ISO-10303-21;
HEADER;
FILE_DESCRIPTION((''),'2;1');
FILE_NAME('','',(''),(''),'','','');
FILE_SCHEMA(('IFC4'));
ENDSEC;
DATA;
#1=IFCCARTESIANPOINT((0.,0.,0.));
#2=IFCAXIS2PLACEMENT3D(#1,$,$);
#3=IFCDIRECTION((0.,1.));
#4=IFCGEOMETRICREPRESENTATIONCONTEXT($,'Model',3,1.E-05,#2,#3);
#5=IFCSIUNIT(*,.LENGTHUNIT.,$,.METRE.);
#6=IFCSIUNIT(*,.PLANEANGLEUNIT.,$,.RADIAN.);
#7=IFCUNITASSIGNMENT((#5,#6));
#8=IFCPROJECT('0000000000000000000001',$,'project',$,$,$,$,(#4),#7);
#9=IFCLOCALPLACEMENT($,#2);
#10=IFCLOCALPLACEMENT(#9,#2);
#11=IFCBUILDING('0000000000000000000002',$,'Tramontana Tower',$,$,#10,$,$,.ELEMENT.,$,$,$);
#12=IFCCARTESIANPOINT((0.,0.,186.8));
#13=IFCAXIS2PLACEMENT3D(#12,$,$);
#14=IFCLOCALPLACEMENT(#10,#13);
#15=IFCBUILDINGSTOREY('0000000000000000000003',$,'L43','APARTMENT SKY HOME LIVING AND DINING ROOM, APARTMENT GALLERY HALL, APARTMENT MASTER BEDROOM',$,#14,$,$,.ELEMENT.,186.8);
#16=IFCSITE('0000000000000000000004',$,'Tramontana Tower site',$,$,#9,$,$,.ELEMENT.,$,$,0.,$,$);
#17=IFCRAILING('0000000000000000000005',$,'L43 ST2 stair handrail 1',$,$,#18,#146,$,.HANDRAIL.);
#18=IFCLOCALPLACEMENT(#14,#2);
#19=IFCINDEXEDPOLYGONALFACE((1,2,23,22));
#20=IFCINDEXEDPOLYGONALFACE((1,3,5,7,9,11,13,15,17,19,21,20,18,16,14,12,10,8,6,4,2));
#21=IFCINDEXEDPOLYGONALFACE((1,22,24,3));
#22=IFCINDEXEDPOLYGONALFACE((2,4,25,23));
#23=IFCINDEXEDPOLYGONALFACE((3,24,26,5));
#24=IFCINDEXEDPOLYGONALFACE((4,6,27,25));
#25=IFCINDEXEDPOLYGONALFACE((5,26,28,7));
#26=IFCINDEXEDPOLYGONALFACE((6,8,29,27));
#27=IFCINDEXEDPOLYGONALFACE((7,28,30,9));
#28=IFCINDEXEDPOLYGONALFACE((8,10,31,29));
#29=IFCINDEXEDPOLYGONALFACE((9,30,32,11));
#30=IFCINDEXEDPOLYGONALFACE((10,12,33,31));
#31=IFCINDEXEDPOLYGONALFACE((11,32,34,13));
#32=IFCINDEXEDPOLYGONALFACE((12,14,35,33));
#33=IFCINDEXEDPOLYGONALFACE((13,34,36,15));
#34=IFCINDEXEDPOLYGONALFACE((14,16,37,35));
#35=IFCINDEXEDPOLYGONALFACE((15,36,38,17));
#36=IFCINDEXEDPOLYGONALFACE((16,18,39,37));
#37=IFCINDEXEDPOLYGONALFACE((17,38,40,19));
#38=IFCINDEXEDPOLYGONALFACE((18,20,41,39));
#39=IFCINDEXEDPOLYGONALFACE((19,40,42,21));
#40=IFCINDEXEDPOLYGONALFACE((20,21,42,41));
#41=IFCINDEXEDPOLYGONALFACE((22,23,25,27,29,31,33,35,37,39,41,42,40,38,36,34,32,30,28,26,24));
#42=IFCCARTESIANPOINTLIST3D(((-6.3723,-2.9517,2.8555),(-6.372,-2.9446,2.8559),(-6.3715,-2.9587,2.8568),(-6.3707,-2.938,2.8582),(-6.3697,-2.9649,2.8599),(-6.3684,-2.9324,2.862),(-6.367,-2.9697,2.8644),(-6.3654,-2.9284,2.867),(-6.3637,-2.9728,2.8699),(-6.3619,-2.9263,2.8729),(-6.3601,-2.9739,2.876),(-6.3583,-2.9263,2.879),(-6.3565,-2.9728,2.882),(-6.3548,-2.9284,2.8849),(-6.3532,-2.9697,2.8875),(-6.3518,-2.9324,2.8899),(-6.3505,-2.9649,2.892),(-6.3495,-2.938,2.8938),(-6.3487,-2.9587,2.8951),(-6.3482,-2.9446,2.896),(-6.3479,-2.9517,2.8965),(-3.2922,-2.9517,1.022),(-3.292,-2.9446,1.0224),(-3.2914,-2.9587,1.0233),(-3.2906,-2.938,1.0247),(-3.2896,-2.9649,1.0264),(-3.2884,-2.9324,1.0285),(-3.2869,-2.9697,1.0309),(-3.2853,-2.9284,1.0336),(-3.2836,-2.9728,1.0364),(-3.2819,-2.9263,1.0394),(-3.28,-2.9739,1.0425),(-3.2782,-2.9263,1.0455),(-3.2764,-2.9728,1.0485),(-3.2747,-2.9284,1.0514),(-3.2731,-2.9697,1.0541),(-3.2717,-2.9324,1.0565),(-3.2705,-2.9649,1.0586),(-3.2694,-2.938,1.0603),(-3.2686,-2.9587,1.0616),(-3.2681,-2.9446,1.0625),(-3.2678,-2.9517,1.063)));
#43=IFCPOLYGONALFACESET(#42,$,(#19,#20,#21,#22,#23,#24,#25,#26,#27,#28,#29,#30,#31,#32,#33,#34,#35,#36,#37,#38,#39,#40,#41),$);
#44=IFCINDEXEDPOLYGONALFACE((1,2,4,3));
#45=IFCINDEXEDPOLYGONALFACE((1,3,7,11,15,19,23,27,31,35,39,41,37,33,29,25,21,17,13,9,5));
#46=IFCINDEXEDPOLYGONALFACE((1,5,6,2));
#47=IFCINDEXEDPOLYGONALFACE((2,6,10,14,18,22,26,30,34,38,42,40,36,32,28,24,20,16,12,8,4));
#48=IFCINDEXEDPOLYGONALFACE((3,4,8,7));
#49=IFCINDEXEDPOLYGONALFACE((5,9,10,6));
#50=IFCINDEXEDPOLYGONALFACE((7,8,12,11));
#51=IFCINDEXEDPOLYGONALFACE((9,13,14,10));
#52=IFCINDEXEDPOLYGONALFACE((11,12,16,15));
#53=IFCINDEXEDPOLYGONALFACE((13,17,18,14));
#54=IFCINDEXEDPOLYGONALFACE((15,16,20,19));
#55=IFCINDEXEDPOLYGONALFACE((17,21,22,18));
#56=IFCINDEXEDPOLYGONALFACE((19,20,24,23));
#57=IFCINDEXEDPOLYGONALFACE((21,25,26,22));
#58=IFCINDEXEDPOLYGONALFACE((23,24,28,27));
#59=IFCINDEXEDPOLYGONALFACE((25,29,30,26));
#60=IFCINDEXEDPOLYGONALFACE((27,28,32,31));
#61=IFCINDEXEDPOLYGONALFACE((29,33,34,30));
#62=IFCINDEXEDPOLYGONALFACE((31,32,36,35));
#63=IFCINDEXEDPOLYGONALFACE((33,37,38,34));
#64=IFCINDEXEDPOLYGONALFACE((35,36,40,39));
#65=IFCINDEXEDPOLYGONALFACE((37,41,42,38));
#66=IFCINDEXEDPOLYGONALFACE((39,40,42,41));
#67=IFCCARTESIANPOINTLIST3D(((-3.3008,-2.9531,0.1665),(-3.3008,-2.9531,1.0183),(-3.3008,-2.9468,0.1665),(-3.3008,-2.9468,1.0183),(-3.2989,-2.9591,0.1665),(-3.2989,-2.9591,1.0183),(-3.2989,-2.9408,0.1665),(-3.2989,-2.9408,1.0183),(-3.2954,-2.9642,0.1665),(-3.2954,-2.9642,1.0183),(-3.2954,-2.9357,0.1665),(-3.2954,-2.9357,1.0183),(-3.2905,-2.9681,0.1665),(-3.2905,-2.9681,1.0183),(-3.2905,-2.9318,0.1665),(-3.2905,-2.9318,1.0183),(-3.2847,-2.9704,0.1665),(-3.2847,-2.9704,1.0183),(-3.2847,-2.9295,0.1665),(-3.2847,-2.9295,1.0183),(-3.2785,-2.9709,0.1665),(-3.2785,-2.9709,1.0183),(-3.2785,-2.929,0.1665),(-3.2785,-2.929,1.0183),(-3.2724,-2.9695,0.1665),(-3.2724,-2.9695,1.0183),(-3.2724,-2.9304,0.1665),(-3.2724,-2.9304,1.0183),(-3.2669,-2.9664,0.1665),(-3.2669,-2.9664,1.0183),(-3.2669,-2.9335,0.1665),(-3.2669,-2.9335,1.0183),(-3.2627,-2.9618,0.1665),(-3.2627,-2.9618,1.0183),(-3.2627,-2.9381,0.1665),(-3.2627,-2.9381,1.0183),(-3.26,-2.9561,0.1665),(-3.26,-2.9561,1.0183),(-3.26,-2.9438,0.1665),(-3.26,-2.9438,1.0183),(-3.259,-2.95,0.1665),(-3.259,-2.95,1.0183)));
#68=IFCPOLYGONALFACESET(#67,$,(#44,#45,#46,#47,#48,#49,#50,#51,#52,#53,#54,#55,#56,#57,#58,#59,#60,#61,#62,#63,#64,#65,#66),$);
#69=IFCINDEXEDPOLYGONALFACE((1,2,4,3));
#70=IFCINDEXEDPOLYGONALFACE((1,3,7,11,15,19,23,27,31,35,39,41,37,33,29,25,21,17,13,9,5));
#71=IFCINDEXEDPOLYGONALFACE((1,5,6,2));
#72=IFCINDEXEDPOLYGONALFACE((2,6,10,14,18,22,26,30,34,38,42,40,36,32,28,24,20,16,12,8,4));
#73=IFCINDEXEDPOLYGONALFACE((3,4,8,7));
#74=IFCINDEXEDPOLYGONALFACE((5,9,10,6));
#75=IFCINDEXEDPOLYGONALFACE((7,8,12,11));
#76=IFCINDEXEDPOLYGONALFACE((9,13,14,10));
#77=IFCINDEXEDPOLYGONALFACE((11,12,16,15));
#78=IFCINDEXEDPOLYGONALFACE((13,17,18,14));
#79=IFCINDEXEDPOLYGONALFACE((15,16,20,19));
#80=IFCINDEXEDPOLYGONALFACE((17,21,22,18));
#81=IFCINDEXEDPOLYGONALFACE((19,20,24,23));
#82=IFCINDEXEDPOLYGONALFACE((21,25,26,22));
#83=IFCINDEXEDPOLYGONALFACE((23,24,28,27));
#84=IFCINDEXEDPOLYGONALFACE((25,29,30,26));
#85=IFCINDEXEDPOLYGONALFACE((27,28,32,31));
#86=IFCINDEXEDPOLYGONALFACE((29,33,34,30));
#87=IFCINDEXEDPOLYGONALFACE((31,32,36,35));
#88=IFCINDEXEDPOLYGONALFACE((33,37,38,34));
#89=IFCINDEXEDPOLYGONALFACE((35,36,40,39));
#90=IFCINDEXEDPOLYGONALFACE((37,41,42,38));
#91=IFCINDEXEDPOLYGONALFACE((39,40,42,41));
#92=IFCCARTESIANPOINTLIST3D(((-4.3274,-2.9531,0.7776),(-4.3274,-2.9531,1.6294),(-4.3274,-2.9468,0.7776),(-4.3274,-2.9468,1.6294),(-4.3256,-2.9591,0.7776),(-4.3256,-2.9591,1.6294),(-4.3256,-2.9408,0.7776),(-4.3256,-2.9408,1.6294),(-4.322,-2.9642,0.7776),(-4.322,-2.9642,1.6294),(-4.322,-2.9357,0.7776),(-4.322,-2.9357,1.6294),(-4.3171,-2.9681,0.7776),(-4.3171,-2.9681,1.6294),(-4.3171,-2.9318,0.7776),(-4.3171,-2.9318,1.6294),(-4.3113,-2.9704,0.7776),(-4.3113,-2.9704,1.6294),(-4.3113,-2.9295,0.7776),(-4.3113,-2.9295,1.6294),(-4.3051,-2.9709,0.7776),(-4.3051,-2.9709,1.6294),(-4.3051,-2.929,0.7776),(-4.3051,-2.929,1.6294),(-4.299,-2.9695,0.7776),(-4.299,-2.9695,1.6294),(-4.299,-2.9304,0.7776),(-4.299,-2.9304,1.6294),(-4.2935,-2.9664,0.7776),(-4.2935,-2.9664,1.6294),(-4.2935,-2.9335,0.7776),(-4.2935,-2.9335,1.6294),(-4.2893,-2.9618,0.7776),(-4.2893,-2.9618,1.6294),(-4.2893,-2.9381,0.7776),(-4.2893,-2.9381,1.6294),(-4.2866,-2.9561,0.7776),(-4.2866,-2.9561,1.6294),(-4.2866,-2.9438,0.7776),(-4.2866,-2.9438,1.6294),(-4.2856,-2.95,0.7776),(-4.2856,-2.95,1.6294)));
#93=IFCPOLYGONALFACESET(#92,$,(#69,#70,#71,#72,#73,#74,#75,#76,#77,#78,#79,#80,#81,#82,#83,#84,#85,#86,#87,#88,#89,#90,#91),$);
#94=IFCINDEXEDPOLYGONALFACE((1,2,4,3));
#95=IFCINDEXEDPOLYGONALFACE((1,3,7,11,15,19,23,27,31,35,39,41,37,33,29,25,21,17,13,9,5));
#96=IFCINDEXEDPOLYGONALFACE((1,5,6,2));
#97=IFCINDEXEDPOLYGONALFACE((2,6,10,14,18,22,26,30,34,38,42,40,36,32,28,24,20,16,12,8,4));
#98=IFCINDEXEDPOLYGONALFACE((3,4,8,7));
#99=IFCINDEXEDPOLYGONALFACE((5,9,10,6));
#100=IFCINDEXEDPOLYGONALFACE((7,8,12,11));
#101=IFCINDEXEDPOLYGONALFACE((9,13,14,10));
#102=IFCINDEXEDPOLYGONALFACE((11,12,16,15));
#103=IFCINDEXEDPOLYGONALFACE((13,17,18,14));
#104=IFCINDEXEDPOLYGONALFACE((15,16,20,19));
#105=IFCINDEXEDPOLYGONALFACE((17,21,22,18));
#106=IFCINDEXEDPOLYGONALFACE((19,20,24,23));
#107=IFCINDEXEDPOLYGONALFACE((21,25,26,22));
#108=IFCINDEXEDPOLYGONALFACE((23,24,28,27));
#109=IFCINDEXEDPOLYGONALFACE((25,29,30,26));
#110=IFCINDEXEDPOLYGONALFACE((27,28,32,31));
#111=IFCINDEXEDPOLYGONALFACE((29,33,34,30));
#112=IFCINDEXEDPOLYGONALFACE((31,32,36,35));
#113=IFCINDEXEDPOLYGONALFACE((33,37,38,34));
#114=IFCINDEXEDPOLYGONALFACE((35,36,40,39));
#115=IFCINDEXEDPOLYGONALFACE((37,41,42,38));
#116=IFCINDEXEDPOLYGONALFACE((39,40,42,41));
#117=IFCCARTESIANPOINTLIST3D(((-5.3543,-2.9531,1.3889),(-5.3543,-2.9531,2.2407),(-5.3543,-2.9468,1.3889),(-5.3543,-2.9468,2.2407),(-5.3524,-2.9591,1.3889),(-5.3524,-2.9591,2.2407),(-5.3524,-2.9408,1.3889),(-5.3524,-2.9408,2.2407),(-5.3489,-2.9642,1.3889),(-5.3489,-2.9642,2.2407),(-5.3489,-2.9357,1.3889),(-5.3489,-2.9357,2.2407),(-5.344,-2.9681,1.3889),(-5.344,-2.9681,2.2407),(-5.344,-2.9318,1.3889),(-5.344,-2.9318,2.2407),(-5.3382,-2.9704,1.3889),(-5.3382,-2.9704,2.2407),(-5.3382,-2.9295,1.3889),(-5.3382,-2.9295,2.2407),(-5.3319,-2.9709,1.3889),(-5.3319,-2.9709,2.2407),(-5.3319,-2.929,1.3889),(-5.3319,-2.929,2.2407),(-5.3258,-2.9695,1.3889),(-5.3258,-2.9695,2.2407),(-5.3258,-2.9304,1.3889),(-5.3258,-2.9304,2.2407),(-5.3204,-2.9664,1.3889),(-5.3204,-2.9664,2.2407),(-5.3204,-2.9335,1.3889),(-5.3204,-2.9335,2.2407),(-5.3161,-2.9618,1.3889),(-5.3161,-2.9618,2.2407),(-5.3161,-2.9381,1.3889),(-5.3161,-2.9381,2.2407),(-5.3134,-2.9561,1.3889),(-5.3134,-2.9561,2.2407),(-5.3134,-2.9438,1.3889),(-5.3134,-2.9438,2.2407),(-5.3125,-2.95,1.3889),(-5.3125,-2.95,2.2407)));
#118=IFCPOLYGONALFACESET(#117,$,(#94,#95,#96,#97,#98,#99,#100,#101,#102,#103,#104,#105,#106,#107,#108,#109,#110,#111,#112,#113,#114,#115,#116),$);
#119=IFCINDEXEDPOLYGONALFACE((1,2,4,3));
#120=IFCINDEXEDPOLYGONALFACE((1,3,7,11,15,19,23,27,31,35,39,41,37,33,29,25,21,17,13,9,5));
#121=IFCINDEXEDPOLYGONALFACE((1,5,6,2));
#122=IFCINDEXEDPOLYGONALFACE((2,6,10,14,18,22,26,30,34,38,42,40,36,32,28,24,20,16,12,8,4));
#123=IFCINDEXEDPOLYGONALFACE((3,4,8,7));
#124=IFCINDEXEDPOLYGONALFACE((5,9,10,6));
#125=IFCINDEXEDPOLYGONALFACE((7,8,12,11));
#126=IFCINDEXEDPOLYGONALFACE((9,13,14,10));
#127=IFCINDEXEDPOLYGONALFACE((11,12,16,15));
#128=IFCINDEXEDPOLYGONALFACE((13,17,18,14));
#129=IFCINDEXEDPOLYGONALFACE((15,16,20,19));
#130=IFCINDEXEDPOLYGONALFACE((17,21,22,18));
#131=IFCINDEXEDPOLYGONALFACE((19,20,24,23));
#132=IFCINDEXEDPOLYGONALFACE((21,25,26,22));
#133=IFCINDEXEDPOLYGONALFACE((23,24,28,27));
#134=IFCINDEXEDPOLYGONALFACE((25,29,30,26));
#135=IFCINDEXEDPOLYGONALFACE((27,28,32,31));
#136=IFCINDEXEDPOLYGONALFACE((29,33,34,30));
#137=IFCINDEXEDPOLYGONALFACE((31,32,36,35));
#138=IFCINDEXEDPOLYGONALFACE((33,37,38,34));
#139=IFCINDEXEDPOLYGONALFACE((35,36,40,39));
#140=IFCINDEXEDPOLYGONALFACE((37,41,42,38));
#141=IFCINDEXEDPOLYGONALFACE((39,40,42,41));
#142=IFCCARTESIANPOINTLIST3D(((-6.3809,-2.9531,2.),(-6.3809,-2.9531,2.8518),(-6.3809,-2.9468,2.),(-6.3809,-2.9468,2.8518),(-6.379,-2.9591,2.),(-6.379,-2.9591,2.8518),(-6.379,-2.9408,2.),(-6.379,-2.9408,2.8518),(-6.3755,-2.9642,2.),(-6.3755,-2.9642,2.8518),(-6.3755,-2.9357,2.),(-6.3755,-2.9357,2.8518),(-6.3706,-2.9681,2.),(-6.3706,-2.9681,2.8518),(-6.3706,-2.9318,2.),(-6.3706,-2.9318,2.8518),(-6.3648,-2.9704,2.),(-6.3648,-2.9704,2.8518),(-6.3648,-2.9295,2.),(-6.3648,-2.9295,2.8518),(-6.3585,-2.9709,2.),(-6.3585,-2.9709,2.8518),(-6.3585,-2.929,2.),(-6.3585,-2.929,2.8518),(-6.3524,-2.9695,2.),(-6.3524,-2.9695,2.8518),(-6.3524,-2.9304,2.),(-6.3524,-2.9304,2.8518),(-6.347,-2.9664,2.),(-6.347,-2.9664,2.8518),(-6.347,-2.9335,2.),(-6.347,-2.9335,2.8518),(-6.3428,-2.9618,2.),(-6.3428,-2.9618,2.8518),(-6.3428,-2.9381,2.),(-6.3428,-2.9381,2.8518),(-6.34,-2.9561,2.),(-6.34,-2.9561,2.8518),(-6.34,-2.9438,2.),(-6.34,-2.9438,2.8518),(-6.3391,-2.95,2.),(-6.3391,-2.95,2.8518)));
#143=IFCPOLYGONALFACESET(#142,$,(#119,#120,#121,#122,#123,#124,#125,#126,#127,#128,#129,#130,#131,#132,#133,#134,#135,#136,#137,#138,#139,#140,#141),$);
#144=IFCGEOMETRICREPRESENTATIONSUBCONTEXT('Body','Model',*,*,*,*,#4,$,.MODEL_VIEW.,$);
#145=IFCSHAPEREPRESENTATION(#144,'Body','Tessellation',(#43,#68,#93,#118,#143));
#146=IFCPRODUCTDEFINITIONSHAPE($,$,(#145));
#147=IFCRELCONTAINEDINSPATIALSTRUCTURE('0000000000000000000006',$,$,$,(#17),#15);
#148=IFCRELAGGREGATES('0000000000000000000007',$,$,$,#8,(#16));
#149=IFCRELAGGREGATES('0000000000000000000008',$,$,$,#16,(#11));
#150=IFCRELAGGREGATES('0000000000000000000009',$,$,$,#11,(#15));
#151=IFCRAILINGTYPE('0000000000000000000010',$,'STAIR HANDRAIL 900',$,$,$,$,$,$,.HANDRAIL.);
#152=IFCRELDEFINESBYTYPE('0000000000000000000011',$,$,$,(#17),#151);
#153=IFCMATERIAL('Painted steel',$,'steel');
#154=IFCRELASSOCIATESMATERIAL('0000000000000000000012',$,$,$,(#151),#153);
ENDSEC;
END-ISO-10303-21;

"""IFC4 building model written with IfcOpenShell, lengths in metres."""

from ifc_helpers import new_model, si_unit, direction, frame, origin, origin_2d, place, context, subcontext, project, spatial, circle, extrude, material, type_object, element, save


model = new_model("IFC4")

# Units and contexts
model_context = context("Model", 3, precision=1e-05, world=origin(), true_north=direction((0.0, 1.0)))
body_context = subcontext(model_context, "Body", "Model", "MODEL_VIEW")
ifc_project = project(units=[si_unit("LENGTHUNIT", "METRE"), si_unit("PLANEANGLEUNIT", "RADIAN")], contexts=[model_context])

# Site, building, storey
site_placement = place(None, origin())
site = spatial("IfcSite", under=ifc_project, at=site_placement, Name="Tramontana Tower site", CompositionType="ELEMENT", RefElevation=0.0)
building_placement = place(site_placement, origin())
building = spatial("IfcBuilding", under=site, at=building_placement, Name="Tramontana Tower", CompositionType="ELEMENT")
storey_placement = place(building_placement, frame((0.0, 0.0, 186.8)))
storey = spatial("IfcBuildingStorey", under=building, at=storey_placement, Name="L43", Description="APARTMENT SKY HOME LIVING AND DINING ROOM, APARTMENT GALLERY HALL, APARTMENT MASTER BEDROOM", CompositionType="ELEMENT", Elevation=186.8)

# Railing
ifc_material_1 = material(Name="Painted steel", Category="steel")
railing_type_1 = type_object("IfcRailingType", Name="STAIR HANDRAIL 900", PredefinedType="HANDRAIL", material=ifc_material_1)
railing_1_placement = place(storey_placement, frame((-3.28, -2.95, 0.1665)))
element("IfcRailing", 1, at=railing_1_placement, inside=storey, type_object=railing_type_1, Name="L43 ST2 stair handrail 1", PredefinedType="HANDRAIL", context=body_context, shape_type="SweptSolid", body=[
    extrude(circle(Radius=0.0239, at=origin_2d()), frame((0.0, 0.0, 0.876), z_axis=(-0.859279, 0.0, 0.511508), x_axis=(0.0, -1.0, 0.0)), (0.0, 0.0, 1.0), 3.5845),
    extrude(circle(Radius=0.021, at=origin_2d()), origin(), (0.0, 0.0, 1.0), 0.8518),
    extrude(circle(Radius=0.021, at=origin_2d()), frame((-1.0266, 0.0, 0.6111)), (0.0, 0.0, 1.0), 0.8518),
    extrude(circle(Radius=0.021, at=origin_2d()), frame((-2.0535, 0.0, 1.2224)), (0.0, 0.0, 1.0), 0.8518),
    extrude(circle(Radius=0.021, at=origin_2d()), frame((-3.0801, 0.0, 1.8335)), (0.0, 0.0, 1.0), 0.8518),
])

save(model, "model.ifc")
